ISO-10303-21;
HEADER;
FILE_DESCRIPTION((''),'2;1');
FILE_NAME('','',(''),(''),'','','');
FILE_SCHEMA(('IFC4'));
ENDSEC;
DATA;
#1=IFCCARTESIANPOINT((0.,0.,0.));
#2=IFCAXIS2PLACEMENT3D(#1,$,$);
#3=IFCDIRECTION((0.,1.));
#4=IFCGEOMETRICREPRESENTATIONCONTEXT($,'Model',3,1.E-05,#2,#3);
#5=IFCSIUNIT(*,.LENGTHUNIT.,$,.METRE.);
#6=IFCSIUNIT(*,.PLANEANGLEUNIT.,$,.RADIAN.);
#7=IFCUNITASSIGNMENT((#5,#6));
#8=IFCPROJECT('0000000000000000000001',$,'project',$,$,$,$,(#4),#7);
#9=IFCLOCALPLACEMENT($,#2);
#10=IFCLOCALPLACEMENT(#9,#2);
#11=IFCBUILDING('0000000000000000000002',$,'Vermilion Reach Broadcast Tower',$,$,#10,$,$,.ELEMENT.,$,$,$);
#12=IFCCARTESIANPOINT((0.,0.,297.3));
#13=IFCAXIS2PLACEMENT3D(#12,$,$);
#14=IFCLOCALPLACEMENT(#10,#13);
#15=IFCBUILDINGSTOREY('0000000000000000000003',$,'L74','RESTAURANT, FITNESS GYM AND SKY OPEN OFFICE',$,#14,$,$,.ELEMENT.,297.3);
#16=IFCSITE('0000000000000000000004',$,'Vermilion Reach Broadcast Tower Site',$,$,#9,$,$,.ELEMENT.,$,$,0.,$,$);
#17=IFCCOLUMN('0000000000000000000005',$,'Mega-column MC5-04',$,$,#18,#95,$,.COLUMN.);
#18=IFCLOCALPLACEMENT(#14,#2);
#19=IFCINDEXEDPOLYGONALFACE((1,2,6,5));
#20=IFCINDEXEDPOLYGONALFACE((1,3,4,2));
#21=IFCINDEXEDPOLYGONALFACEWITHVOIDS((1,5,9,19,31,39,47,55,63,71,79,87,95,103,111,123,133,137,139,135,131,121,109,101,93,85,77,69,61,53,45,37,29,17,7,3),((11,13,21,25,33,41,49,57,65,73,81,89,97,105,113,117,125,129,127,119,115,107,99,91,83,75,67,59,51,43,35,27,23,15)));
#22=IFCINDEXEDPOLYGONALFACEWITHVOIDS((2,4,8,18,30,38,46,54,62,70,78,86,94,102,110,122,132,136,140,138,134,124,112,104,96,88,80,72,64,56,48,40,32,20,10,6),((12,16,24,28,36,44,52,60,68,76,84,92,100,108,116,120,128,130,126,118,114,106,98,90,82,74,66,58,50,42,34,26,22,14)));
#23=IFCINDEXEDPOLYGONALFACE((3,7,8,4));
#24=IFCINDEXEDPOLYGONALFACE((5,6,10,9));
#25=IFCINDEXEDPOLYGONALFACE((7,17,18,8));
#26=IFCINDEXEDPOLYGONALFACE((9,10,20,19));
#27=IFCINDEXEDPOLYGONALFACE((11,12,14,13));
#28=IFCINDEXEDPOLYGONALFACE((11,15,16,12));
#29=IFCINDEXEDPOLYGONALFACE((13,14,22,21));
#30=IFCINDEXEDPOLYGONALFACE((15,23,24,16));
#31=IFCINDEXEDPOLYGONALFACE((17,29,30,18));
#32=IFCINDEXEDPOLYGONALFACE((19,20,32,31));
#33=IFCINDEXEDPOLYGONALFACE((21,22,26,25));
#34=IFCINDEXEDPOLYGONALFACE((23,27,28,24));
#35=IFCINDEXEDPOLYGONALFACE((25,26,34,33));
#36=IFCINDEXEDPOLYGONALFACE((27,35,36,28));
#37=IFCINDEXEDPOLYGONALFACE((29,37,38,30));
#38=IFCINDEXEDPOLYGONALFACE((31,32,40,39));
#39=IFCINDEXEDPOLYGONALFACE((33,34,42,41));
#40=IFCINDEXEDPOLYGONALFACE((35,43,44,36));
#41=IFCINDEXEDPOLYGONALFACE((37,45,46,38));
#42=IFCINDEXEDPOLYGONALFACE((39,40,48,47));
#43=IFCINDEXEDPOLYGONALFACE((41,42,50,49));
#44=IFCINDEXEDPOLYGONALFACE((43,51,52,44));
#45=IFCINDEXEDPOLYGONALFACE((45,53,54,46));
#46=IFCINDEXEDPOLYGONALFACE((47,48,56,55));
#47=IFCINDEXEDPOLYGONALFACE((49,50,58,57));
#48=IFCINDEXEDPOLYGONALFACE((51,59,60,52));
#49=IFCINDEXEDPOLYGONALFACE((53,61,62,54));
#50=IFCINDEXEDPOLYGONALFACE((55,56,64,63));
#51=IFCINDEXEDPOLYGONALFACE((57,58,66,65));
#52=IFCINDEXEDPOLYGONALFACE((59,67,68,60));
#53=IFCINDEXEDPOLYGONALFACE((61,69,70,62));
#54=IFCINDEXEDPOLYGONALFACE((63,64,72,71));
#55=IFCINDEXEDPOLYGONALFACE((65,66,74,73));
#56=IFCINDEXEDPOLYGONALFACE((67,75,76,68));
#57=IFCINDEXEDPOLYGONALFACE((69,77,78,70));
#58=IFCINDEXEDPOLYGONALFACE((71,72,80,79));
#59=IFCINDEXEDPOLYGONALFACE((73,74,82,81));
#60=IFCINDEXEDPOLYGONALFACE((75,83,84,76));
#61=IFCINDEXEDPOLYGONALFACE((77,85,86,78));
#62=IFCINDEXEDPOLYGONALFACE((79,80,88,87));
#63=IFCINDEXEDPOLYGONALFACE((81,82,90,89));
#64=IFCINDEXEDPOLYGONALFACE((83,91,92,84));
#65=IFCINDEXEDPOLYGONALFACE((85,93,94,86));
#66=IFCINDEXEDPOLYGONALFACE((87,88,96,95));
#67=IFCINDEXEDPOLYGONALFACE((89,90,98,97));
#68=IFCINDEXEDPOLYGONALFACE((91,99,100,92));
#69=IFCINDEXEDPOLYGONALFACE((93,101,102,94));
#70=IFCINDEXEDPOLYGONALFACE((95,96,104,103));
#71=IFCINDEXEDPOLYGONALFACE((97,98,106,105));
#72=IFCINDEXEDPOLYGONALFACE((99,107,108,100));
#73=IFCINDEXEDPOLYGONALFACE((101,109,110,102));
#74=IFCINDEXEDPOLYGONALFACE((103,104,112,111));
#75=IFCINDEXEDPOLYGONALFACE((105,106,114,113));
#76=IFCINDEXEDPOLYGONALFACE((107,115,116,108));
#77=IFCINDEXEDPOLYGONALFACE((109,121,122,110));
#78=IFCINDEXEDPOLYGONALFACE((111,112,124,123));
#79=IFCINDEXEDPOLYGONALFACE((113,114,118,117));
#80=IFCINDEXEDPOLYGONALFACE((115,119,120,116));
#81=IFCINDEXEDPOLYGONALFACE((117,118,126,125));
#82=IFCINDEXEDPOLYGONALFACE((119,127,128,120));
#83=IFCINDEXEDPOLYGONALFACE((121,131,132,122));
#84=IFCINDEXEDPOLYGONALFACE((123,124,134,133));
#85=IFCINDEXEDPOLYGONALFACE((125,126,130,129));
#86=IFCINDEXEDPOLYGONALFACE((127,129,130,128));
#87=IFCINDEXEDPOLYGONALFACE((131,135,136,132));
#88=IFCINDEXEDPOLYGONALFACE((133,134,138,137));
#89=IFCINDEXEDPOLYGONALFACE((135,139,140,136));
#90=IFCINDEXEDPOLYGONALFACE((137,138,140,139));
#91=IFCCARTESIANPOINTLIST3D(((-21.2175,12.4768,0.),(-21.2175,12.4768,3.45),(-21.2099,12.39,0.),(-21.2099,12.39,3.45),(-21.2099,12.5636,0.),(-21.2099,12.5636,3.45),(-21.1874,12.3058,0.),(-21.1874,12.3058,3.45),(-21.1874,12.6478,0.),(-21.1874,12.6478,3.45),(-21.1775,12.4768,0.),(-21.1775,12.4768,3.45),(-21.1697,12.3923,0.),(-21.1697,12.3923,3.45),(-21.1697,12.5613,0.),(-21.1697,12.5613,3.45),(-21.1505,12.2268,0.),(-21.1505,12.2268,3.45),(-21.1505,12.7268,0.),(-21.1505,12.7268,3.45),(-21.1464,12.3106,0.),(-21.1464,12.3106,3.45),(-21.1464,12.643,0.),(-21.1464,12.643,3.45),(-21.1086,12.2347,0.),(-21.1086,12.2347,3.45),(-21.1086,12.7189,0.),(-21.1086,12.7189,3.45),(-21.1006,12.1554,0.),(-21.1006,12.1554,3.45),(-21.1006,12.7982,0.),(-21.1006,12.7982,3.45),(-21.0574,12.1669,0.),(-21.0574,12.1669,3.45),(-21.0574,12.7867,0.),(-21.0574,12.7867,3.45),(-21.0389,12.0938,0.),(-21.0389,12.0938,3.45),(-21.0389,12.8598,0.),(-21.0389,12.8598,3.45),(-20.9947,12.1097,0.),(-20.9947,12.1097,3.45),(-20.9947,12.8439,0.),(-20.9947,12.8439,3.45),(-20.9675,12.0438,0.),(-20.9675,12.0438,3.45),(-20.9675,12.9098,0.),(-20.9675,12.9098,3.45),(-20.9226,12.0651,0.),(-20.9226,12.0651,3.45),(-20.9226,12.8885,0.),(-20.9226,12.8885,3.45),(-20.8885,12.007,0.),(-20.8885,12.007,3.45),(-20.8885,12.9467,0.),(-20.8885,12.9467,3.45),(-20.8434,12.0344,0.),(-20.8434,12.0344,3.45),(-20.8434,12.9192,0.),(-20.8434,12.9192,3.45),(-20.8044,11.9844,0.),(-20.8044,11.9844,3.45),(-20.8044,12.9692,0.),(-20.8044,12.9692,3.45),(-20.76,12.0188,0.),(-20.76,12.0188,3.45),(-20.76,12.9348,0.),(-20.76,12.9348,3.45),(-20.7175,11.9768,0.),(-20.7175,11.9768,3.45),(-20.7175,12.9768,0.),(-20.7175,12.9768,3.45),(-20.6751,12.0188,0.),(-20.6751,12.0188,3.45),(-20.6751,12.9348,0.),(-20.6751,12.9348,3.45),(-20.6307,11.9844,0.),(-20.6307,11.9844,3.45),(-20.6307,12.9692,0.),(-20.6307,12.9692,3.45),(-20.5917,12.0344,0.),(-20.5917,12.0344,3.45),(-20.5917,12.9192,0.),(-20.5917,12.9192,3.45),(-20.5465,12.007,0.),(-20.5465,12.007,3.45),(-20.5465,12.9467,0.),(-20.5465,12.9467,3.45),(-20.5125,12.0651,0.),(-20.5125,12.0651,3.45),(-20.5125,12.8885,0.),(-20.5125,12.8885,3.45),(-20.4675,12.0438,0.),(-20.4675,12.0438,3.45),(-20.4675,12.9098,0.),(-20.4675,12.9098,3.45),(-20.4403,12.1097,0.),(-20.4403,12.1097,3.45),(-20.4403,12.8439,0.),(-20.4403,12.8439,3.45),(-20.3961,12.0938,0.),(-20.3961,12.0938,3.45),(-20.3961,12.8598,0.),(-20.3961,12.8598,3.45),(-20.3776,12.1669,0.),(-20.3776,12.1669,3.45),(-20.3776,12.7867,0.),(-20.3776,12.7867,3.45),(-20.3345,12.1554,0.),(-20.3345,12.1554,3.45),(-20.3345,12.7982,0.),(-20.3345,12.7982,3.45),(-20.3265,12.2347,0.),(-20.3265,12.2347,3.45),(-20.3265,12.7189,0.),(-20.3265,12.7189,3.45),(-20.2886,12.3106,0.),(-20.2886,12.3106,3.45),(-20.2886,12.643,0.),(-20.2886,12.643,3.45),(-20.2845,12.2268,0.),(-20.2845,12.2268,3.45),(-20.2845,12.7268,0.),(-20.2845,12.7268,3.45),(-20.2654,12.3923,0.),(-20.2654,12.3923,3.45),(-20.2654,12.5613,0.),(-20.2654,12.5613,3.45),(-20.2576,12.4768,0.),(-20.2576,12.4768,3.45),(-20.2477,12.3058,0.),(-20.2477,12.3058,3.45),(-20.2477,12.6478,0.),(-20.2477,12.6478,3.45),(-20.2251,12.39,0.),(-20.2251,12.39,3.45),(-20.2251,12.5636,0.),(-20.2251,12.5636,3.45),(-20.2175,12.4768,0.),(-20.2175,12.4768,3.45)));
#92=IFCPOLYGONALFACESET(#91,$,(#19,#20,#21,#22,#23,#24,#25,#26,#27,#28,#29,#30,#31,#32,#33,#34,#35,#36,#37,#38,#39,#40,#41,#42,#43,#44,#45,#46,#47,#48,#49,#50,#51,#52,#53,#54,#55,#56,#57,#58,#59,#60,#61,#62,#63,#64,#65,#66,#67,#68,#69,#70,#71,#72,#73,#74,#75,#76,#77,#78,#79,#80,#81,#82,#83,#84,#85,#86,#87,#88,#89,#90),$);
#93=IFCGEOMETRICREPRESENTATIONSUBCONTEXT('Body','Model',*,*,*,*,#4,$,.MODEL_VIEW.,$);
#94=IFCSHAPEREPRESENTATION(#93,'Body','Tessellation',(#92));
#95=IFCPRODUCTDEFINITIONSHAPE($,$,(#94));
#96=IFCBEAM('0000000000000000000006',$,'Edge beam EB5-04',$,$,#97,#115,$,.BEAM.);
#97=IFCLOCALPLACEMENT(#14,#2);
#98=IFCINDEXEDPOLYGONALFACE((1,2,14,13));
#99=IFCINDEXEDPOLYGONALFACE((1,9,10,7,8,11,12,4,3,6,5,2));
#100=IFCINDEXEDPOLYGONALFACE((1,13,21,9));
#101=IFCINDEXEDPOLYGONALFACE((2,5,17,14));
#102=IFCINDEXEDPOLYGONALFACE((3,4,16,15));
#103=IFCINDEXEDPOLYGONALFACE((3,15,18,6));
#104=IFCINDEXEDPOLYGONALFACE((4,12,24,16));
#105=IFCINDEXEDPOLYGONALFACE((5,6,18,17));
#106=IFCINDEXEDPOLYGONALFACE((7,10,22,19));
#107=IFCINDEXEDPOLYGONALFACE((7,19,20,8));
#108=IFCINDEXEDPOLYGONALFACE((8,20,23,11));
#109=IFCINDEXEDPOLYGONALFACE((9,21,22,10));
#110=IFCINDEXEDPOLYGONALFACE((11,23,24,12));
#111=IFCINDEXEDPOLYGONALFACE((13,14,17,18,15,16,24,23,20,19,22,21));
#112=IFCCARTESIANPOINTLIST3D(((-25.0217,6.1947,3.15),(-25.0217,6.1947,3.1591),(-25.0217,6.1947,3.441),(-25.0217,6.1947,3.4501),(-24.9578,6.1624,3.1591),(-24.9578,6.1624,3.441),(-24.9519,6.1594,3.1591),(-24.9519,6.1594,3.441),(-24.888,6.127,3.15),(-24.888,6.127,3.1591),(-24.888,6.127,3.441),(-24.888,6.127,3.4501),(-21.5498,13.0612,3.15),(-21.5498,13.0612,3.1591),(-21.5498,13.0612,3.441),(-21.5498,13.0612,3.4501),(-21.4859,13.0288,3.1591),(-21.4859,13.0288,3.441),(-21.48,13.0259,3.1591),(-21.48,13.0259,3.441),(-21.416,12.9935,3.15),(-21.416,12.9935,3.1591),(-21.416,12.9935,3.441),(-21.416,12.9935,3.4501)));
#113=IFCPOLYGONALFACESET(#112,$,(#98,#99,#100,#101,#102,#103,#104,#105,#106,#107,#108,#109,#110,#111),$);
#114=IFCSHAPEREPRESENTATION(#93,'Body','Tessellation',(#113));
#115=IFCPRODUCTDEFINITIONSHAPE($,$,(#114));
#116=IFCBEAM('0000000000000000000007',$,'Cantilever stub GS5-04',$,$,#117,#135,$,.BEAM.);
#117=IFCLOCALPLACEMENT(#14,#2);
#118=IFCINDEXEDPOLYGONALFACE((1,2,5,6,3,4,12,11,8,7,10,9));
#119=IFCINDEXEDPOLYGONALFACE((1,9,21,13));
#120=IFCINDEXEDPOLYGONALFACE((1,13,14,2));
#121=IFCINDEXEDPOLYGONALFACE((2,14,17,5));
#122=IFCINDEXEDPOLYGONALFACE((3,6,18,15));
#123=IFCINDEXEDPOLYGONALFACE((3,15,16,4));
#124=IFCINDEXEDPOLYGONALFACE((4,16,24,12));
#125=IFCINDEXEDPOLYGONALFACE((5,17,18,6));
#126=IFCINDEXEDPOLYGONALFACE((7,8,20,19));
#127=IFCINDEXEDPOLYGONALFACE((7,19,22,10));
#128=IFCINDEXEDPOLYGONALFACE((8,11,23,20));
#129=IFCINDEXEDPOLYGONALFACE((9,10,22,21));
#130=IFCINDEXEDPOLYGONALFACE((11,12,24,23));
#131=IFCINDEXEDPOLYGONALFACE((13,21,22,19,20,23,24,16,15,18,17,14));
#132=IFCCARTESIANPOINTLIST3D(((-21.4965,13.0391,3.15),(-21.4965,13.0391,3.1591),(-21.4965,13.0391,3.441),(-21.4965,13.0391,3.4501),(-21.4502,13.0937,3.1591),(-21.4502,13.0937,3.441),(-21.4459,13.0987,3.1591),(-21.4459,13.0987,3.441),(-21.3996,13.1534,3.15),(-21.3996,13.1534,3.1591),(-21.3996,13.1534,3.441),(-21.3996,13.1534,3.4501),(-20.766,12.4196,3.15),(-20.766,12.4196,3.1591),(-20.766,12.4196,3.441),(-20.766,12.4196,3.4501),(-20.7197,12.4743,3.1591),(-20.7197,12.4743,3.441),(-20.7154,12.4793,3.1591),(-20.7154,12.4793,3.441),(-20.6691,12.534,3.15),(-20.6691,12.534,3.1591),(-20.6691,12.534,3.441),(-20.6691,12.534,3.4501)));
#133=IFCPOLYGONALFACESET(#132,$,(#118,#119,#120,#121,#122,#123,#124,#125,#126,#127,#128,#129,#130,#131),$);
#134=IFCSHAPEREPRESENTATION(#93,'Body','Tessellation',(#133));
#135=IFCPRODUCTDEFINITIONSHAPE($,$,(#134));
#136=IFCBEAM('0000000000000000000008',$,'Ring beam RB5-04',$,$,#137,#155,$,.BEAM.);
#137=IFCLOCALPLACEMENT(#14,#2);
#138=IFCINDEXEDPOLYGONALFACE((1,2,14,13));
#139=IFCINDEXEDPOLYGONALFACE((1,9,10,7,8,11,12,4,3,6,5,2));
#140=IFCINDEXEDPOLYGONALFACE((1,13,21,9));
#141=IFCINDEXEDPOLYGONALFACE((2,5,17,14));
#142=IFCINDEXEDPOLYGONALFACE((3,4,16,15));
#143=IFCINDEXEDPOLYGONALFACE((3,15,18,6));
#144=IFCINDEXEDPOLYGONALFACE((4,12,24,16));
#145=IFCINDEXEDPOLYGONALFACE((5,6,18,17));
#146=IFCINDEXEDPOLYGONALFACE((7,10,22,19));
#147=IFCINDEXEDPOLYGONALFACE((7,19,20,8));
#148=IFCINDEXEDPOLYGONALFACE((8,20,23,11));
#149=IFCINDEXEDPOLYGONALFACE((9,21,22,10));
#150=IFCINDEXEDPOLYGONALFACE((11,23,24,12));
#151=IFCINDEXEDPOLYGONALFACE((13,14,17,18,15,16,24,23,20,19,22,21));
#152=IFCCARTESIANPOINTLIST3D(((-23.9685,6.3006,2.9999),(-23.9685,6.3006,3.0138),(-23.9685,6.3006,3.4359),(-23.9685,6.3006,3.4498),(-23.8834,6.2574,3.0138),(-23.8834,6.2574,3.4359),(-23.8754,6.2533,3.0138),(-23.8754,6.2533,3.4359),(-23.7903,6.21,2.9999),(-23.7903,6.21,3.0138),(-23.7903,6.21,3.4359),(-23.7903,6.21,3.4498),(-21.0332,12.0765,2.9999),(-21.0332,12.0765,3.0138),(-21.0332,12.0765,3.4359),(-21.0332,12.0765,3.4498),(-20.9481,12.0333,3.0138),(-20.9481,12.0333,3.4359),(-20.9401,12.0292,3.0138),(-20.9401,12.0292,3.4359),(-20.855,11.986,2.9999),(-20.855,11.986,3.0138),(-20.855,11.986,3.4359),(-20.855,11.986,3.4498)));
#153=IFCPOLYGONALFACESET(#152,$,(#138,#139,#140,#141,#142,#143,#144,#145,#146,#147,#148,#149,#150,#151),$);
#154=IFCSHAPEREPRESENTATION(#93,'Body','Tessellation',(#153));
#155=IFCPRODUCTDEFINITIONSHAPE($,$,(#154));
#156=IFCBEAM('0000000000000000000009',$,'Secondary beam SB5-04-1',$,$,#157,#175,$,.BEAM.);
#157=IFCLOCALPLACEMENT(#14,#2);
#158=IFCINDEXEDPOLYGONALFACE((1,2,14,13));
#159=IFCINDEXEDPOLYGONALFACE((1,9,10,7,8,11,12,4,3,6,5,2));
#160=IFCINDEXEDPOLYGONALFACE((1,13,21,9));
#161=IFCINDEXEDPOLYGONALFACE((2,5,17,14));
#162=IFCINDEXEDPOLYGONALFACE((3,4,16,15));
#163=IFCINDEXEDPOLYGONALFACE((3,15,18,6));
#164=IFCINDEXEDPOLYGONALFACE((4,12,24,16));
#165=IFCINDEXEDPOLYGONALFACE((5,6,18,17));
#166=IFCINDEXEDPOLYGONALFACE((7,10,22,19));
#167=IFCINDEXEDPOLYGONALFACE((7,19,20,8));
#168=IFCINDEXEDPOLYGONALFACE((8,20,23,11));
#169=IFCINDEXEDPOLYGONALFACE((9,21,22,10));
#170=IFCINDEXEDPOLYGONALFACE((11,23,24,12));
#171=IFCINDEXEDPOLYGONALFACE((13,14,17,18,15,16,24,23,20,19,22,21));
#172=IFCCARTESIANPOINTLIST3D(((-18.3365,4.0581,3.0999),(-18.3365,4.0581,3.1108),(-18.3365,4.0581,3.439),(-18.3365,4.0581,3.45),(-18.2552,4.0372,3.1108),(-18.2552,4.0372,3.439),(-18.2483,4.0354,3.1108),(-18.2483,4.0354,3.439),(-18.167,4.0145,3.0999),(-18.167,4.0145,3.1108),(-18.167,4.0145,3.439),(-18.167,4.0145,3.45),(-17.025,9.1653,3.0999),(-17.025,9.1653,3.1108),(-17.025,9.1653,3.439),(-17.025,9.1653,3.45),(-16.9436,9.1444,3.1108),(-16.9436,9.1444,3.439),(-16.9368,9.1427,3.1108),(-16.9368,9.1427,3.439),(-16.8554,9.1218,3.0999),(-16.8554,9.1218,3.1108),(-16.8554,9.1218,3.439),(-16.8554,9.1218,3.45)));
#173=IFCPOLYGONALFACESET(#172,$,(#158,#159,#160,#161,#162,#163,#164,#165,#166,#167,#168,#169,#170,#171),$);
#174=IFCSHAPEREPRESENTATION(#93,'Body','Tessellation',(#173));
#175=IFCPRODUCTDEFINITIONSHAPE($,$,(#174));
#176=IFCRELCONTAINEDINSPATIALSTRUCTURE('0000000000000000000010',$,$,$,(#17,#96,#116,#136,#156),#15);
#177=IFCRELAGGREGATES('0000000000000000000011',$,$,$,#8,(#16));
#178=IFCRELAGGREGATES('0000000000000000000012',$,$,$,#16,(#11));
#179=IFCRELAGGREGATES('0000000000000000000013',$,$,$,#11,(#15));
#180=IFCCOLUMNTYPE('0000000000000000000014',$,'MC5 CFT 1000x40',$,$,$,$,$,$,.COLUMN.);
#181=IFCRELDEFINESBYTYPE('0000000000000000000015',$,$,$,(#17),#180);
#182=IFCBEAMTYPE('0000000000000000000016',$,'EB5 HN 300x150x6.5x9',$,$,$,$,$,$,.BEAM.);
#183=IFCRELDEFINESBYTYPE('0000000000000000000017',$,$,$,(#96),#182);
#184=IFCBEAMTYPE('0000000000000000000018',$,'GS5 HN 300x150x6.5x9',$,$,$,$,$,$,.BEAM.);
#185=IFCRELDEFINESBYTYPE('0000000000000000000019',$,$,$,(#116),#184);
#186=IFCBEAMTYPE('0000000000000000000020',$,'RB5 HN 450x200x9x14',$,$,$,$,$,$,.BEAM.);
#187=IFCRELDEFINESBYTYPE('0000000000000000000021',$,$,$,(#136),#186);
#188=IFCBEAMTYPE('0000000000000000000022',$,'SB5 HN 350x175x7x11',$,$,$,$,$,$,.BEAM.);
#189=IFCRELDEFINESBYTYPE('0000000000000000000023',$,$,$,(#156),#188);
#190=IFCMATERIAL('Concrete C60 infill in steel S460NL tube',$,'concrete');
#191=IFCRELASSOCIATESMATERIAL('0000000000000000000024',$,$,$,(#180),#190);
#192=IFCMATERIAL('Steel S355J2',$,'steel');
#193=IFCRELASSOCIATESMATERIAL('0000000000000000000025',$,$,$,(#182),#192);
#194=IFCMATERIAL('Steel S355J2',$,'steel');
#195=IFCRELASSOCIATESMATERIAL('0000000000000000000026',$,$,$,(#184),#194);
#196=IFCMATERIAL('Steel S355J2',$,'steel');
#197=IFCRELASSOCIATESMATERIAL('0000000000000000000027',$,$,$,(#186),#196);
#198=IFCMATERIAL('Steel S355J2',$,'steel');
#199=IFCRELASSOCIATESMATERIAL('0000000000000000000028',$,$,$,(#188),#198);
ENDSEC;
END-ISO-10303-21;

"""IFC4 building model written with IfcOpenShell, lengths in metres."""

from ifc_helpers import new_model, si_unit, direction, frame, origin, origin_2d, place, context, subcontext, project, spatial, hollow_circle, i_section, extrude, material, material_profile, profile_set, type_object, element, save


model = new_model("IFC4")

# Units and contexts
model_context = context("Model", 3, precision=1e-05, world=origin(), true_north=direction((0.0, 1.0)))
body_context = subcontext(model_context, "Body", "Model", "MODEL_VIEW")
ifc_project = project(units=[si_unit("LENGTHUNIT", "METRE"), si_unit("PLANEANGLEUNIT", "RADIAN")], contexts=[model_context])

# Site, building, storey
site_placement = place(None, origin())
site = spatial("IfcSite", under=ifc_project, at=site_placement, Name="Vermilion Reach Broadcast Tower Site", CompositionType="ELEMENT", RefElevation=0.0)
building_placement = place(site_placement, origin())
building = spatial("IfcBuilding", under=site, at=building_placement, Name="Vermilion Reach Broadcast Tower", CompositionType="ELEMENT")
storey_placement = place(building_placement, frame((0.0, 0.0, 297.3)))
storey = spatial("IfcBuildingStorey", under=building, at=storey_placement, Name="L74", Description="RESTAURANT, FITNESS GYM AND SKY OPEN OFFICE", CompositionType="ELEMENT", Elevation=297.3)

# Column
ifc_material_1 = material(Name="Concrete C60 infill in steel S460NL tube", Category="concrete")
ifc_material_profile_1 = material_profile(ifc_material_1, hollow_circle(Radius=0.5, WallThickness=0.04, at=origin_2d()), Name="Concrete C60 infill in steel S460NL tube CFT 1000x40")
ifc_profile_set_1 = profile_set([ifc_material_profile_1], Name="Concrete C60 infill in steel S460NL tube")
column_type = type_object("IfcColumnType", Name="MC5 CFT 1000x40", PredefinedType="COLUMN", material=ifc_profile_set_1)
column_placement = place(storey_placement, frame((-20.7175, 12.4768, 0.0), z_axis=(0.0, 0.0, 1.0), x_axis=(1.0, 0.0, 0.0)))
element("IfcColumn", 1, at=column_placement, inside=storey, type_object=column_type, Name="Mega-column MC5-04", PredefinedType="COLUMN", context=body_context, shape_type="SweptSolid", body=[
    extrude(hollow_circle(Radius=0.5, WallThickness=0.04, at=origin_2d()), origin(), (0.0, 0.0, 1.0), 3.45),
])

# Beams
ifc_material_2 = material(Name="Steel S355J2", Category="steel")
ifc_material_profile_2 = material_profile(ifc_material_2, i_section(OverallWidth=0.1499, OverallDepth=0.3, WebThickness=0.0066, FlangeThickness=0.009, at=origin_2d()), Name="S355J2 HN 300x150x6.5x9")
ifc_profile_set_2 = profile_set([ifc_material_profile_2], Name="Steel S355J2")
beam_type_1 = type_object("IfcBeamType", Name="EB5 HN 300x150x6.5x9", PredefinedType="BEAM", material=ifc_profile_set_2)
beam_1_placement = place(storey_placement, frame((-21.4829, 13.0273, 3.3), z_axis=(-0.451232, -0.892406, 0.0), x_axis=(0.892406, -0.451232, 0.0)))
element("IfcBeam", 2, at=beam_1_placement, inside=storey, type_object=beam_type_1, Name="Edge beam EB5-04", PredefinedType="BEAM", context=body_context, shape_type="SweptSolid", body=[
    extrude(i_section(OverallWidth=0.1499, OverallDepth=0.3, WebThickness=0.0066, FlangeThickness=0.009, at=origin_2d()), origin(), (0.0, 0.0, 1.0), 7.6943),
])
ifc_material_3 = material(Name="Steel S355J2", Category="steel")
ifc_material_profile_3 = material_profile(ifc_material_3, i_section(OverallWidth=0.1499, OverallDepth=0.3, WebThickness=0.0066, FlangeThickness=0.009, at=origin_2d()), Name="S355J2 HN 300x150x6.5x9")
ifc_profile_set_3 = profile_set([ifc_material_profile_3], Name="Steel S355J2")
beam_type_2 = type_object("IfcBeamType", Name="GS5 HN 300x150x6.5x9", PredefinedType="BEAM", material=ifc_profile_set_3)
beam_2_placement = place(storey_placement, frame((-20.7175, 12.4768, 3.3), z_axis=(-0.762719, 0.64673, 0.0), x_axis=(-0.64673, -0.762719, 0.0)))
element("IfcBeam", 3, at=beam_2_placement, inside=storey, type_object=beam_type_2, Name="Cantilever stub GS5-04", PredefinedType="BEAM", context=body_context, shape_type="SweptSolid", body=[
    extrude(i_section(OverallWidth=0.1499, OverallDepth=0.3, WebThickness=0.0066, FlangeThickness=0.009, at=origin_2d()), origin(), (0.0, 0.0, 1.0), 0.9578),
])
ifc_material_4 = material(Name="Steel S355J2", Category="steel")
ifc_material_profile_4 = material_profile(ifc_material_4, i_section(OverallWidth=0.2, OverallDepth=0.45, WebThickness=0.009, FlangeThickness=0.0139, at=origin_2d()), Name="S355J2 HN 450x200x9x14")
ifc_profile_set_4 = profile_set([ifc_material_profile_4], Name="Steel S355J2")
beam_type_3 = type_object("IfcBeamType", Name="RB5 HN 450x200x9x14", PredefinedType="BEAM", material=ifc_profile_set_4)
beam_3_placement = place(storey_placement, frame((-20.9441, 12.0312, 3.2249), z_axis=(-0.453052, -0.891484, 0.0), x_axis=(0.891484, -0.453052, 0.0)))
element("IfcBeam", 4, at=beam_3_placement, inside=storey, type_object=beam_type_3, Name="Ring beam RB5-04", PredefinedType="BEAM", context=body_context, shape_type="SweptSolid", body=[
    extrude(i_section(OverallWidth=0.2, OverallDepth=0.45, WebThickness=0.009, FlangeThickness=0.0139, at=origin_2d()), origin(), (0.0, 0.0, 1.0), 6.479),
])
ifc_material_5 = material(Name="Steel S355J2", Category="steel")
ifc_material_profile_5 = material_profile(ifc_material_5, i_section(OverallWidth=0.175, OverallDepth=0.3501, WebThickness=0.0071, FlangeThickness=0.011, at=origin_2d()), Name="S355J2 HN 350x175x7x11")
ifc_profile_set_5 = profile_set([ifc_material_profile_5], Name="Steel S355J2")
beam_type_4 = type_object("IfcBeamType", Name="SB5 HN 350x175x7x11", PredefinedType="BEAM", material=ifc_profile_set_5)
beam_4_placement = place(storey_placement, frame((-16.9402, 9.1436, 3.2749), z_axis=(-0.24873, -0.968573, 0.0), x_axis=(0.968573, -0.24873, 0.0)))
element("IfcBeam", 5, at=beam_4_placement, inside=storey, type_object=beam_type_4, Name="Secondary beam SB5-04-1", PredefinedType="BEAM", context=body_context, shape_type="SweptSolid", body=[
    extrude(i_section(OverallWidth=0.175, OverallDepth=0.3501, WebThickness=0.0071, FlangeThickness=0.011, at=origin_2d()), origin(), (0.0, 0.0, 1.0), 5.2729),
])

save(model, "model.ifc")
